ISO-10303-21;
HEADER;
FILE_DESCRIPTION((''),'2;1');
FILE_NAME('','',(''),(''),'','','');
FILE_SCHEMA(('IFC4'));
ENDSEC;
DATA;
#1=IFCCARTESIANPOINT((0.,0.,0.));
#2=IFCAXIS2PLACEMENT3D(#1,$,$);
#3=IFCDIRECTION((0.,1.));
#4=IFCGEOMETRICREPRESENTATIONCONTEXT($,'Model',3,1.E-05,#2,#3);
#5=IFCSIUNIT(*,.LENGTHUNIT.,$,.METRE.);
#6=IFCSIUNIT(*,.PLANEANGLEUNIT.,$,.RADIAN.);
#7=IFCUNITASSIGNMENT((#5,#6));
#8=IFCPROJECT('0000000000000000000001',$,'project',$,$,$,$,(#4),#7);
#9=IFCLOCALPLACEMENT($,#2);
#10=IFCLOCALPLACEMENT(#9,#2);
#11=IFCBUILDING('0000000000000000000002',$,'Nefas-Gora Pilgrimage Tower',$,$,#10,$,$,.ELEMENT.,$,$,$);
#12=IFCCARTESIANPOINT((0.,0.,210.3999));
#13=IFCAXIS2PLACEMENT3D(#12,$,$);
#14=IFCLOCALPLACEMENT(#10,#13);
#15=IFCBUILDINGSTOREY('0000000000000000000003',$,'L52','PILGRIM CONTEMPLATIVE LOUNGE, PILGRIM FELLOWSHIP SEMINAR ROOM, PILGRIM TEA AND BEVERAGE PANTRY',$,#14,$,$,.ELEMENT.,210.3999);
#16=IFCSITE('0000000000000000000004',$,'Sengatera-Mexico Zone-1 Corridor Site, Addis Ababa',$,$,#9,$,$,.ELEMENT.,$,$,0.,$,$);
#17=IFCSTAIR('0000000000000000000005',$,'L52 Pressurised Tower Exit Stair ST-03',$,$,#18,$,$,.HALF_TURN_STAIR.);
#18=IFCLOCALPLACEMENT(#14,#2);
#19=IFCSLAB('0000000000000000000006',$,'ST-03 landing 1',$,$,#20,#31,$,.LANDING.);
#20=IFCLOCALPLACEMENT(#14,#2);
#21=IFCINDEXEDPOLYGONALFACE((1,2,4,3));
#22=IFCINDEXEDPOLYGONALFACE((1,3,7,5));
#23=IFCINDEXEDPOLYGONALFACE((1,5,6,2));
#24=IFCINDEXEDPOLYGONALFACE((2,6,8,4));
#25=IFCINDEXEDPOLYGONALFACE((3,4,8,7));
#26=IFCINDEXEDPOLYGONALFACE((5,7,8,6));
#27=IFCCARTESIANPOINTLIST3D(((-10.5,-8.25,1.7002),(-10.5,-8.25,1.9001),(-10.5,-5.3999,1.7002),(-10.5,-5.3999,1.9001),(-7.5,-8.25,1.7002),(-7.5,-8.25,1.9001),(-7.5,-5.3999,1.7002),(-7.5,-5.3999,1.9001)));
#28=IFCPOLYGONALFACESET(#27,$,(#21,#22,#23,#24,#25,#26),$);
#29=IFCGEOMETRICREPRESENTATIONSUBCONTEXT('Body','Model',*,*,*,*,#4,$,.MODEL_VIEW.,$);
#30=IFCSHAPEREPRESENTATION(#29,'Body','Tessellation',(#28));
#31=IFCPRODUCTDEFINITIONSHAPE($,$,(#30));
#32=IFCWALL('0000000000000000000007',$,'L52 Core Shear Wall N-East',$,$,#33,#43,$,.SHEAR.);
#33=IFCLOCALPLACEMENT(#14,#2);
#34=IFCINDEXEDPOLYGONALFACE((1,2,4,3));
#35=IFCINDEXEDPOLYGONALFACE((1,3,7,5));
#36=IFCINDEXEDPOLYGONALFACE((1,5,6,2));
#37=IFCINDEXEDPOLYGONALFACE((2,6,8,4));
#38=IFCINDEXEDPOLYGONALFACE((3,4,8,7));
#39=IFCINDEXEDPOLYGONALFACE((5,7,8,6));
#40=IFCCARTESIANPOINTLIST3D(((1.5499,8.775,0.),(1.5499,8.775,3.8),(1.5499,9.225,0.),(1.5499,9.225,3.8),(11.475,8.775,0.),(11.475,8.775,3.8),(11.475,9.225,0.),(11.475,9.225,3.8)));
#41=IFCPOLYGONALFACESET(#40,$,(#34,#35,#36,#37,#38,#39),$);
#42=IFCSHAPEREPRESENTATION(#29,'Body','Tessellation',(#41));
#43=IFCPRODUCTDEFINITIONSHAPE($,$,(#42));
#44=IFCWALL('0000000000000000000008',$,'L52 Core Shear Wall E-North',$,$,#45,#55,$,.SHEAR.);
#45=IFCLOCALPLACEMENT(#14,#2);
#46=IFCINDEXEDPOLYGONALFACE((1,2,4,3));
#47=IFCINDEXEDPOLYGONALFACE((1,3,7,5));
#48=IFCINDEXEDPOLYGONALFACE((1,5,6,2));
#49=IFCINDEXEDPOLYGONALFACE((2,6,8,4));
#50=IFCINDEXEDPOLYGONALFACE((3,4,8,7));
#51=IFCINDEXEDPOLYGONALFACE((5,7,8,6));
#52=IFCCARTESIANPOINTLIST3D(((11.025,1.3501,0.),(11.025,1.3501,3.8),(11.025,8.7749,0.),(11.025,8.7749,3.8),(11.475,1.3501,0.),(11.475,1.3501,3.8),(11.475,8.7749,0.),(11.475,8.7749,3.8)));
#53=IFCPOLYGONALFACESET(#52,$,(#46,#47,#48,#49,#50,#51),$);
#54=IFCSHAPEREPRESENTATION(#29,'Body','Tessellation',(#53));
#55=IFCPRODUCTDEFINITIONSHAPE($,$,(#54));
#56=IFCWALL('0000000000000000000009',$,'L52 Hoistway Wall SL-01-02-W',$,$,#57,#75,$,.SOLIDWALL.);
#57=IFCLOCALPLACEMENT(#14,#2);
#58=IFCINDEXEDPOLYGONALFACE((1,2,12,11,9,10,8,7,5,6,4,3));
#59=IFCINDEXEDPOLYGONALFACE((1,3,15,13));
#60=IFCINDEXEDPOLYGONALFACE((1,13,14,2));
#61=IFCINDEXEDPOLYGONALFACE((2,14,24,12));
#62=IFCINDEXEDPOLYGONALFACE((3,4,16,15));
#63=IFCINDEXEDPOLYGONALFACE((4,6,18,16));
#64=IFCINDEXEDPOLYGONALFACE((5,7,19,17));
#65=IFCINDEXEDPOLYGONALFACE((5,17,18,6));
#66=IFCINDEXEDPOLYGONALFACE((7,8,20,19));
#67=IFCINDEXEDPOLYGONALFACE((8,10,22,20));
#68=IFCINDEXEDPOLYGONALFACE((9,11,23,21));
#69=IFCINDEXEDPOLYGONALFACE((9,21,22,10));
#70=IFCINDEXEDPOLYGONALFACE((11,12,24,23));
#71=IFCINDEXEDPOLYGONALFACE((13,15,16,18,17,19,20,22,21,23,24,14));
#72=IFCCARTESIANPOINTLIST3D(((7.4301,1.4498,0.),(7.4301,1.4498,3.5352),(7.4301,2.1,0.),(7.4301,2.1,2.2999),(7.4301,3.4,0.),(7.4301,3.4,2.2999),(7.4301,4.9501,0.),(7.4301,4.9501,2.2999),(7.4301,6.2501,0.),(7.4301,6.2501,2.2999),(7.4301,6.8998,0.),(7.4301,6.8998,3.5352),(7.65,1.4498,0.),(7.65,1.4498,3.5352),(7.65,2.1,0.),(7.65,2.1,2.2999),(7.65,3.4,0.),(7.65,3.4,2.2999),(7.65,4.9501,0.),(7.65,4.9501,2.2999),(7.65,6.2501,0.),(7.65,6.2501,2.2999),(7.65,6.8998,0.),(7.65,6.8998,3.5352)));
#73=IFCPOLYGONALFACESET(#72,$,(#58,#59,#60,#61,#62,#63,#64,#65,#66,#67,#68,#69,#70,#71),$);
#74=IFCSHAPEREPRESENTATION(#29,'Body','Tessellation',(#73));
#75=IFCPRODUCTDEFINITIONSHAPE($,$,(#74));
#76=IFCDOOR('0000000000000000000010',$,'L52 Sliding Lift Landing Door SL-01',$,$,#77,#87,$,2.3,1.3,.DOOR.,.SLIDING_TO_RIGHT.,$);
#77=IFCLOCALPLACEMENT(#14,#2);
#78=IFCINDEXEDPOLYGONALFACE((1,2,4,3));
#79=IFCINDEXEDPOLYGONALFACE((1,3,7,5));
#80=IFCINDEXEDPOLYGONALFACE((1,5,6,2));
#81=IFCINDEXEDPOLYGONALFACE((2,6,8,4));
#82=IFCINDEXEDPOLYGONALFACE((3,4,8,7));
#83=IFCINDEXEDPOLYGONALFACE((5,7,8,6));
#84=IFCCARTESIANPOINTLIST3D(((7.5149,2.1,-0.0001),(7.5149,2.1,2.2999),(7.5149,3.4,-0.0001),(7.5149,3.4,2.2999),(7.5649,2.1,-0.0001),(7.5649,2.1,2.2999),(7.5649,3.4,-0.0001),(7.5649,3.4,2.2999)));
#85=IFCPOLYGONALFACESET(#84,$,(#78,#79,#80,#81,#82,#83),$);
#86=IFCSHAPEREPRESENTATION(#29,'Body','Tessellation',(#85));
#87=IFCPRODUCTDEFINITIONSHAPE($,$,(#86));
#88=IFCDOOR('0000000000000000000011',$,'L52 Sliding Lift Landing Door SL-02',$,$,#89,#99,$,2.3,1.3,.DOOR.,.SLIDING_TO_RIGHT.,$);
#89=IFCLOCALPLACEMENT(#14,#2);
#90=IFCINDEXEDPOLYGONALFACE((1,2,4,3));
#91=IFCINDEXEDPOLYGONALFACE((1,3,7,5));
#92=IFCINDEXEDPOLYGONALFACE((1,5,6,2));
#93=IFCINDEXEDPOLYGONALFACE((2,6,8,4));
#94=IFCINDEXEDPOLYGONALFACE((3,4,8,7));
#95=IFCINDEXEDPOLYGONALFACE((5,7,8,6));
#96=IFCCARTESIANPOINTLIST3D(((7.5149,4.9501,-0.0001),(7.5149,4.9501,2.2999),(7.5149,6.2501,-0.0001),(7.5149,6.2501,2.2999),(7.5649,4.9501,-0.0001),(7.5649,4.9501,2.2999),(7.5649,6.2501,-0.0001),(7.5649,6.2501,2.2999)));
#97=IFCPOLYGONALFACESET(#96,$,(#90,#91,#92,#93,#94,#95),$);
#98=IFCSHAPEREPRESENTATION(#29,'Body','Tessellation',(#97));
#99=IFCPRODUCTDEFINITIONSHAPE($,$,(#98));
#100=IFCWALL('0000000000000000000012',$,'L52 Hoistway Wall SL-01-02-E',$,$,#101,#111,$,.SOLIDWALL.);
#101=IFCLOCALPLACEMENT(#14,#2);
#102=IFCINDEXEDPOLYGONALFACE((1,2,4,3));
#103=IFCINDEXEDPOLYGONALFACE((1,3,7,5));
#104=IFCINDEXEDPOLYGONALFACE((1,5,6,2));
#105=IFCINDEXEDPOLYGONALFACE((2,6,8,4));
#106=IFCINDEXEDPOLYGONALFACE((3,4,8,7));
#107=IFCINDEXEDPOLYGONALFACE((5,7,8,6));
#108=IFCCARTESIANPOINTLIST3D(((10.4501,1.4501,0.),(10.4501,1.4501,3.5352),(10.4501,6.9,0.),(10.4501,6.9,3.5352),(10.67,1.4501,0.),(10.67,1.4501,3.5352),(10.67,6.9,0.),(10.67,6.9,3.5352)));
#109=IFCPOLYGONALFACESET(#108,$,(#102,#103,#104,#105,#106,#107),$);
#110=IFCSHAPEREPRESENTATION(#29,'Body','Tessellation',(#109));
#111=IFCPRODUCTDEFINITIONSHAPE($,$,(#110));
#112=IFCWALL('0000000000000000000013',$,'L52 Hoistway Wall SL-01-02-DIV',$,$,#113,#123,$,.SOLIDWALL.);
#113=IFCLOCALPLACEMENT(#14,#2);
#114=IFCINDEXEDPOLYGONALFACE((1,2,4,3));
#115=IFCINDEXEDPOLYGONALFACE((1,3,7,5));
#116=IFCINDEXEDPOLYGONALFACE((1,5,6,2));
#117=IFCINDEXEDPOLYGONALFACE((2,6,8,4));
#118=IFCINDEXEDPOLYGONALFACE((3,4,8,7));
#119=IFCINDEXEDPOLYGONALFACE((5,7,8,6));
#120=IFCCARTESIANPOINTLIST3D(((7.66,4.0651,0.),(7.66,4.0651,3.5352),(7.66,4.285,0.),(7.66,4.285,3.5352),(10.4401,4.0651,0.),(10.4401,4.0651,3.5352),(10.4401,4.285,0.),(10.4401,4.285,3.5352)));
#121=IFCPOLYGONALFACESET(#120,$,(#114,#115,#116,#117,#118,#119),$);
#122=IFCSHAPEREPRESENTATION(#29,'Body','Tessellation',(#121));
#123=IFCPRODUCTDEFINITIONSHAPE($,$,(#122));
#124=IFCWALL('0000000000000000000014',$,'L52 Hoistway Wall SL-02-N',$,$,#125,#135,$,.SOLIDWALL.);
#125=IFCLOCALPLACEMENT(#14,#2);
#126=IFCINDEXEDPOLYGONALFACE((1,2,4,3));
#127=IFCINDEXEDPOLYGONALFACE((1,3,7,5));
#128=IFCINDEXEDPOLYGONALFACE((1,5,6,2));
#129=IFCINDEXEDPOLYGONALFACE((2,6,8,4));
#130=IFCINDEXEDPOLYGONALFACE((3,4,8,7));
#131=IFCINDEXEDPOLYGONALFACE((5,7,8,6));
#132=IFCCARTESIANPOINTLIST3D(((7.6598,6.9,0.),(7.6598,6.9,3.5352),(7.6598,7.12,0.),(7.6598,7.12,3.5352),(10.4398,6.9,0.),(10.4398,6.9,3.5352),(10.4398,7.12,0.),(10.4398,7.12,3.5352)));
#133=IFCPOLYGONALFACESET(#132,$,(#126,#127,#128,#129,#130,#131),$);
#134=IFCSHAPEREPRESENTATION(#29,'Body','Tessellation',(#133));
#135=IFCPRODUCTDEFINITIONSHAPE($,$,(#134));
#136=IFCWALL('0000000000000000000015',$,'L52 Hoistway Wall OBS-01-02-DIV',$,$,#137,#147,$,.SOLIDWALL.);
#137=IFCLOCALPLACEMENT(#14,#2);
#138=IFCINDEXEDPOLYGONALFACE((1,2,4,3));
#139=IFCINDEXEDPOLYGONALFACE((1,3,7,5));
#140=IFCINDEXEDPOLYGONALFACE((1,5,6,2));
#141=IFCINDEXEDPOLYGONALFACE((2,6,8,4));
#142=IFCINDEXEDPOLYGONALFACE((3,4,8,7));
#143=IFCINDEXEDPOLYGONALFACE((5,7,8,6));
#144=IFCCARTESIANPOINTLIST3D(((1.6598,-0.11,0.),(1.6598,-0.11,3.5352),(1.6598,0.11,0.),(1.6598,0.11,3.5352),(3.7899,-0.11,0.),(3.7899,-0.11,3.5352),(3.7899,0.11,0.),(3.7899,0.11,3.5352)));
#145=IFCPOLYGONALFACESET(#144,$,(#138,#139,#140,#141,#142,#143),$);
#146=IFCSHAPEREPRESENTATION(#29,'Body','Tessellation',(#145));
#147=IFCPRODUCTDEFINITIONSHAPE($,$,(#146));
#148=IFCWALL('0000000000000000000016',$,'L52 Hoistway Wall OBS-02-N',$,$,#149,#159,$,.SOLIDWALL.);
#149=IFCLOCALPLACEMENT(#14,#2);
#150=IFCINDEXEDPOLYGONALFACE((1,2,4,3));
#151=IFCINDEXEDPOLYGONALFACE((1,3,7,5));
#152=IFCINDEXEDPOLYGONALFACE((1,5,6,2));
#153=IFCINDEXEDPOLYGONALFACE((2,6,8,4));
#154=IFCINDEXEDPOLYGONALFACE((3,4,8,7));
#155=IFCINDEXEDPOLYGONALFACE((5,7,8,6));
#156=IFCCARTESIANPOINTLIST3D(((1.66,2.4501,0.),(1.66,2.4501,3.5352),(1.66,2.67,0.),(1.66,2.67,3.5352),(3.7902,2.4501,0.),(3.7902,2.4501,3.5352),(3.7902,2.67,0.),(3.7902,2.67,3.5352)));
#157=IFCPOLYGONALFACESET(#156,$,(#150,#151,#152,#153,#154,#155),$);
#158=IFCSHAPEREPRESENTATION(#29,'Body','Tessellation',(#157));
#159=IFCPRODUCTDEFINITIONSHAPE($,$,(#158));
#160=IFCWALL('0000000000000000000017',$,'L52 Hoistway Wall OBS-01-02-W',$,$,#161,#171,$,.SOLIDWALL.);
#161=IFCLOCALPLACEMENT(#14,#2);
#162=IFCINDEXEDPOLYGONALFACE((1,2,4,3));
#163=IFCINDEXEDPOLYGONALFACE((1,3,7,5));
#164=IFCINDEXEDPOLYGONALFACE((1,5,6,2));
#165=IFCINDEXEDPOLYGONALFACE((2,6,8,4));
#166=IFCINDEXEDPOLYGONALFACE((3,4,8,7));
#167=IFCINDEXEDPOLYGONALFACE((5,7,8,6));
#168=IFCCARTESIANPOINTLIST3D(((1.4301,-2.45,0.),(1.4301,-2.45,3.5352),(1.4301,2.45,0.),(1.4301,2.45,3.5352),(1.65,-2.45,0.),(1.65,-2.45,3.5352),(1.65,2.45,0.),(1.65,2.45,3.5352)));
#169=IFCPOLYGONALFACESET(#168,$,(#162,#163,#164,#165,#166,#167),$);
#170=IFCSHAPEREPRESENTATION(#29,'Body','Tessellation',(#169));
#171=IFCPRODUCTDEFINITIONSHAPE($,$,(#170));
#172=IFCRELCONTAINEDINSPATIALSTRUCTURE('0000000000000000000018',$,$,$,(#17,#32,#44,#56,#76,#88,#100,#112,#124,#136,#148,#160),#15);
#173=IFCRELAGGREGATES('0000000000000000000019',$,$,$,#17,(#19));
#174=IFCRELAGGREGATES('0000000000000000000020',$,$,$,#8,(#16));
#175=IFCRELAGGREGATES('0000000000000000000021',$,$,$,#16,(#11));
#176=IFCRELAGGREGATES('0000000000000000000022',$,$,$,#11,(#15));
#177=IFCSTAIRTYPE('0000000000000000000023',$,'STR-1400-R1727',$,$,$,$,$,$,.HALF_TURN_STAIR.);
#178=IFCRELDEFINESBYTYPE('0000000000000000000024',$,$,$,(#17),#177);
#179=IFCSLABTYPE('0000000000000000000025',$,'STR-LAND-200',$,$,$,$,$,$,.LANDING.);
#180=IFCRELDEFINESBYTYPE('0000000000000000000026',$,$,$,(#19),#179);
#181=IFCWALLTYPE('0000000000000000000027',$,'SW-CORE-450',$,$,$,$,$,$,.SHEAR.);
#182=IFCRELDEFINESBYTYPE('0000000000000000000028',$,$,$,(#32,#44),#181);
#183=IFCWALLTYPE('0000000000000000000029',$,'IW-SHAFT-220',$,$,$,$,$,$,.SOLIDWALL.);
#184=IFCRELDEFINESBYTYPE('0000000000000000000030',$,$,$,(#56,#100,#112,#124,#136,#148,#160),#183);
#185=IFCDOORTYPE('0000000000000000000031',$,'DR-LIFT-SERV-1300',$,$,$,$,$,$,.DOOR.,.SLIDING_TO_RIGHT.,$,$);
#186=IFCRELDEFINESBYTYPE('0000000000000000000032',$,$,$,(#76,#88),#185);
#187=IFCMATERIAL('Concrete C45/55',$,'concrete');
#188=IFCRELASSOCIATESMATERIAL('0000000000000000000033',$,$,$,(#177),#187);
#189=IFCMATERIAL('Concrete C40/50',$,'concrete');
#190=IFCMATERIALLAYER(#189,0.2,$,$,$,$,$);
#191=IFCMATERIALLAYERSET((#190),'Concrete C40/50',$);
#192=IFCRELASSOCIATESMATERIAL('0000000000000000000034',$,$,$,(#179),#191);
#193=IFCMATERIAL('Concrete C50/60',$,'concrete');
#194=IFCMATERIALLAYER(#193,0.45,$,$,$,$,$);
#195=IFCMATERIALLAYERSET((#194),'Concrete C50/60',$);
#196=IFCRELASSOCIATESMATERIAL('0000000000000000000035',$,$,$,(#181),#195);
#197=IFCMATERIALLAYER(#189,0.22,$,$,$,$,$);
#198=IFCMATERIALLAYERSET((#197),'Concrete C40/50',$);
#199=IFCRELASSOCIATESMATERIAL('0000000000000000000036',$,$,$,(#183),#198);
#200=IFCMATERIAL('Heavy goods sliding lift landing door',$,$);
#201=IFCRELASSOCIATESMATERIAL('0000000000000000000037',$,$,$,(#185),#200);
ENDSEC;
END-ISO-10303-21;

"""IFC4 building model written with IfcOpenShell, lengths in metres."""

from ifc_helpers import new_model, si_unit, direction, frame, frame_2d, origin, place, context, subcontext, project, spatial, polyline, rectangle, outline, extrude, source, transform, mapped, material, layer, layer_set, type_object, element, fill, aggregate, save


model = new_model("IFC4")

# Units and contexts
model_context = context("Model", 3, precision=1e-05, world=origin(), true_north=direction((0.0, 1.0)))
body_context = subcontext(model_context, "Body", "Model", "MODEL_VIEW")
ifc_project = project(units=[si_unit("LENGTHUNIT", "METRE"), si_unit("PLANEANGLEUNIT", "RADIAN")], contexts=[model_context])

# Site, building, storey
site_placement = place(None, origin())
site = spatial("IfcSite", under=ifc_project, at=site_placement, Name="Sengatera-Mexico Zone-1 Corridor Site, Addis Ababa", CompositionType="ELEMENT", RefElevation=0.0)
building_placement = place(site_placement, origin())
building = spatial("IfcBuilding", under=site, at=building_placement, Name="Nefas-Gora Pilgrimage Tower", CompositionType="ELEMENT")
storey_placement = place(building_placement, frame((0.0, 0.0, 210.3999)))
storey = spatial("IfcBuildingStorey", under=building, at=storey_placement, Name="L52", Description="PILGRIM CONTEMPLATIVE LOUNGE, PILGRIM FELLOWSHIP SEMINAR ROOM, PILGRIM TEA AND BEVERAGE PANTRY", CompositionType="ELEMENT", Elevation=210.3999)

# Stair, slab
ifc_material_1 = material(Name="Concrete C45/55", Category="concrete")
stair_type = type_object("IfcStairType", Name="STR-1400-R1727", PredefinedType="HALF_TURN_STAIR", material=ifc_material_1)
ifc_material_2 = material(Name="Concrete C40/50", Category="concrete")
ifc_layer_1 = layer(ifc_material_2, 0.2)
ifc_layer_set_1 = layer_set([ifc_layer_1], Name="Concrete C40/50")
slab_type = type_object("IfcSlabType", Name="STR-LAND-200", PredefinedType="LANDING", material=ifc_layer_set_1)
stair_1_placement = place(storey_placement, origin())
stair_1 = element("IfcStair", 1, at=stair_1_placement, inside=storey, type_object=stair_type, Name="L52 Pressurised Tower Exit Stair ST-03", PredefinedType="HALF_TURN_STAIR")
slab_1_placement = place(storey_placement, frame((0.0, 0.0, 1.7002)))
slab_1 = element("IfcSlab", 2, at=slab_1_placement, type_object=slab_type, Name="ST-03 landing 1", PredefinedType="LANDING", context=body_context, shape_type="SweptSolid", body=[
    extrude(outline(polyline([(-10.5, -5.3999), (-10.5, -8.25), (-7.5, -8.25), (-7.5, -5.3999), (-10.5, -5.3999)])), origin(), (0.0, 0.0, 1.0), 0.2),
])
aggregate(stair_1, [slab_1])

# Walls
ifc_material_3 = material(Name="Concrete C50/60", Category="concrete")
ifc_layer_2 = layer(ifc_material_3, 0.45)
ifc_layer_set_2 = layer_set([ifc_layer_2], Name="Concrete C50/60")
wall_type_1 = type_object("IfcWallType", Name="SW-CORE-450", PredefinedType="SHEAR", material=ifc_layer_set_2)
shared_shape_1 = source(origin(), body_context, "Body", "SweptSolid", [
    extrude(rectangle(XDim=9.925, YDim=0.45, at=frame_2d((4.9624, 0.0))), origin(), (0.0, 0.0, 1.0), 3.8),
])
wall_1_placement = place(storey_placement, frame((1.55, 9.0, 0.0), z_axis=(0.0, 0.0, 1.0), x_axis=(1.0, 0.0, 0.0)))
element("IfcWall", 3, at=wall_1_placement, inside=storey, type_object=wall_type_1, Name="L52 Core Shear Wall N-East", PredefinedType="SHEAR", context=body_context, shape_type="MappedRepresentation", body=[
    mapped(shared_shape_1, transform((0.0, 0.0, 0.0), x_axis=(1.0, 0.0, 0.0), y_axis=(0.0, 1.0, 0.0), z_axis=(0.0, 0.0, 1.0), scale=1.0)),
])
shared_shape_2 = source(origin(), body_context, "Body", "SweptSolid", [
    extrude(rectangle(XDim=7.4248, YDim=0.45, at=frame_2d((3.7124, 0.0))), origin(), (0.0, 0.0, 1.0), 3.8),
])
wall_2_placement = place(storey_placement, frame((11.25, 1.3501, 0.0), z_axis=(0.0, 0.0, 1.0), x_axis=(0.0, 1.0, 0.0)))
element("IfcWall", 4, at=wall_2_placement, inside=storey, type_object=wall_type_1, Name="L52 Core Shear Wall E-North", PredefinedType="SHEAR", context=body_context, shape_type="MappedRepresentation", body=[
    mapped(shared_shape_2, transform((0.0, 0.0, 0.0), x_axis=(1.0, 0.0, 0.0), y_axis=(0.0, 1.0, 0.0), z_axis=(0.0, 0.0, 1.0), scale=1.0)),
])

# Wall, openings, doors
ifc_layer_3 = layer(ifc_material_2, 0.22)
ifc_layer_set_3 = layer_set([ifc_layer_3], Name="Concrete C40/50")
wall_type_2 = type_object("IfcWallType", Name="IW-SHAFT-220", PredefinedType="SOLIDWALL", material=ifc_layer_set_3)
shared_shape_3 = source(origin(), body_context, "Body", "SweptSolid", [
    extrude(rectangle(XDim=5.45, YDim=0.22, at=frame_2d((2.7251, 0.0))), origin(), (0.0, 0.0, 1.0), 3.5352),
])
wall_3_placement = place(storey_placement, frame((7.54, 6.8999, 0.0), z_axis=(0.0, 0.0, 1.0), x_axis=(0.0, -1.0, 0.0)))
wall_3 = element("IfcWall", 5, at=wall_3_placement, inside=storey, type_object=wall_type_2, Name="L52 Hoistway Wall SL-01-02-W", PredefinedType="SOLIDWALL", context=body_context, shape_type="MappedRepresentation", body=[
    mapped(shared_shape_3, transform((0.0, 0.0, 0.0), x_axis=(1.0, 0.0, 0.0), y_axis=(0.0, 1.0, 0.0), z_axis=(0.0, 0.0, 1.0), scale=1.0)),
])
opening_1_placement = place(wall_3_placement, frame((3.5, 0.0, 0.0)))
opening_1 = element("IfcOpeningElement", 6, at=opening_1_placement, cuts=wall_3, PredefinedType="OPENING", context=body_context, shape_type="SweptSolid", body=[
    extrude(rectangle(XDim=1.3, YDim=2.3, at=frame_2d((0.6499, 1.1499))), frame((0.0, 0.1199, 0.0), z_axis=(0.0, -1.0, 0.0), x_axis=(1.0, 0.0, 0.0)), (0.0, 0.0, 1.0), 0.24),
])
opening_2_placement = place(wall_3_placement, frame((0.6499, 0.0, 0.0)))
opening_2 = element("IfcOpeningElement", 7, at=opening_2_placement, cuts=wall_3, PredefinedType="OPENING", context=body_context, shape_type="SweptSolid", body=[
    extrude(rectangle(XDim=1.3, YDim=2.3, at=frame_2d((0.6499, 1.1499))), frame((0.0, 0.1199, 0.0), z_axis=(0.0, -1.0, 0.0), x_axis=(1.0, 0.0, 0.0)), (0.0, 0.0, 1.0), 0.24),
])
ifc_material_4 = material(Name="Heavy goods sliding lift landing door")
door_type_1 = type_object("IfcDoorType", Name="DR-LIFT-SERV-1300", OperationType="SLIDING_TO_RIGHT", PredefinedType="DOOR", material=ifc_material_4)
shared_shape_4 = source(origin(), body_context, "Body", "SweptSolid", [
    extrude(rectangle(XDim=1.3, YDim=2.3, at=frame_2d((0.6499, 1.1499))), frame((0.0, 0.0249, 0.0), z_axis=(0.0, -1.0, 0.0), x_axis=(1.0, 0.0, 0.0)), (0.0, 0.0, 1.0), 0.05),
])
door_1_placement = place(opening_1_placement, origin())
door_1 = element("IfcDoor", 8, at=door_1_placement, inside=storey, type_object=door_type_1, Name="L52 Sliding Lift Landing Door SL-01", OperationType="SLIDING_TO_RIGHT", OverallHeight=2.3, OverallWidth=1.3, PredefinedType="DOOR", context=body_context, shape_type="MappedRepresentation", body=[
    mapped(shared_shape_4, transform((0.0, 0.0, 0.0), x_axis=(1.0, 0.0, 0.0), y_axis=(0.0, 1.0, 0.0), z_axis=(0.0, 0.0, 1.0), scale=1.0)),
])
fill(opening_1, door_1)
door_2_placement = place(opening_2_placement, origin())
door_2 = element("IfcDoor", 9, at=door_2_placement, inside=storey, type_object=door_type_1, Name="L52 Sliding Lift Landing Door SL-02", OperationType="SLIDING_TO_RIGHT", OverallHeight=2.3, OverallWidth=1.3, PredefinedType="DOOR", context=body_context, shape_type="MappedRepresentation", body=[
    mapped(shared_shape_4, transform((0.0, 0.0, 0.0), x_axis=(1.0, 0.0, 0.0), y_axis=(0.0, 1.0, 0.0), z_axis=(0.0, 0.0, 1.0), scale=1.0)),
])
fill(opening_2, door_2)

# Walls
wall_4_placement = place(storey_placement, frame((10.5601, 1.45, 0.0), z_axis=(0.0, 0.0, 1.0), x_axis=(0.0, 1.0, 0.0)))
element("IfcWall", 10, at=wall_4_placement, inside=storey, type_object=wall_type_2, Name="L52 Hoistway Wall SL-01-02-E", PredefinedType="SOLIDWALL", context=body_context, shape_type="MappedRepresentation", body=[
    mapped(shared_shape_3, transform((0.0, 0.0, 0.0), x_axis=(1.0, 0.0, 0.0), y_axis=(0.0, 1.0, 0.0), z_axis=(0.0, 0.0, 1.0), scale=1.0)),
])
shared_shape_5 = source(origin(), body_context, "Body", "SweptSolid", [
    extrude(rectangle(XDim=2.78, YDim=0.22, at=frame_2d((1.3901, 0.0))), origin(), (0.0, 0.0, 1.0), 3.5352),
])
for number, where, z_axis, x_axis, name in (
    (11, (7.6599, 4.175, 0.0), (0.0, 0.0, 1.0), (1.0, 0.0, 0.0), "L52 Hoistway Wall SL-01-02-DIV"),
    (12, (10.4399, 7.01, 0.0), (0.0, 0.0, 1.0), (-1.0, 0.0, 0.0), "L52 Hoistway Wall SL-02-N"),
):
    element("IfcWall", number, at=place(storey_placement, frame(where, z_axis=z_axis, x_axis=x_axis)), inside=storey, type_object=wall_type_2, Name=name, PredefinedType="SOLIDWALL", context=body_context, shape_type="MappedRepresentation", body=[
        mapped(shared_shape_5, transform((0.0, 0.0, 0.0), x_axis=(1.0, 0.0, 0.0), y_axis=(0.0, 1.0, 0.0), z_axis=(0.0, 0.0, 1.0), scale=1.0)),
    ])
shared_shape_6 = source(origin(), body_context, "Body", "SweptSolid", [
    extrude(rectangle(XDim=2.1301, YDim=0.22, at=frame_2d((1.0649, 0.0))), origin(), (0.0, 0.0, 1.0), 3.5352),
])
for number, where, z_axis, x_axis, name in (
    (13, (1.6599, 0.0, 0.0), (0.0, 0.0, 1.0), (1.0, 0.0, 0.0), "L52 Hoistway Wall OBS-01-02-DIV"),
    (14, (3.79, 2.5601, 0.0), (0.0, 0.0, 1.0), (-1.0, 0.0, 0.0), "L52 Hoistway Wall OBS-02-N"),
):
    element("IfcWall", number, at=place(storey_placement, frame(where, z_axis=z_axis, x_axis=x_axis)), inside=storey, type_object=wall_type_2, Name=name, PredefinedType="SOLIDWALL", context=body_context, shape_type="MappedRepresentation", body=[
        mapped(shared_shape_6, transform((0.0, 0.0, 0.0), x_axis=(1.0, 0.0, 0.0), y_axis=(0.0, 1.0, 0.0), z_axis=(0.0, 0.0, 1.0), scale=1.0)),
    ])
shared_shape_7 = source(origin(), body_context, "Body", "SweptSolid", [
    extrude(rectangle(XDim=4.8999, YDim=0.22, at=frame_2d((2.45, 0.0))), origin(), (0.0, 0.0, 1.0), 3.5352),
])
wall_5_placement = place(storey_placement, frame((1.54, 2.45, 0.0), z_axis=(0.0, 0.0, 1.0), x_axis=(0.0, -1.0, 0.0)))
element("IfcWall", 15, at=wall_5_placement, inside=storey, type_object=wall_type_2, Name="L52 Hoistway Wall OBS-01-02-W", PredefinedType="SOLIDWALL", context=body_context, shape_type="MappedRepresentation", body=[
    mapped(shared_shape_7, transform((0.0, 0.0, 0.0), x_axis=(1.0, 0.0, 0.0), y_axis=(0.0, 1.0, 0.0), z_axis=(0.0, 0.0, 1.0), scale=1.0)),
])

save(model, "model.ifc")
